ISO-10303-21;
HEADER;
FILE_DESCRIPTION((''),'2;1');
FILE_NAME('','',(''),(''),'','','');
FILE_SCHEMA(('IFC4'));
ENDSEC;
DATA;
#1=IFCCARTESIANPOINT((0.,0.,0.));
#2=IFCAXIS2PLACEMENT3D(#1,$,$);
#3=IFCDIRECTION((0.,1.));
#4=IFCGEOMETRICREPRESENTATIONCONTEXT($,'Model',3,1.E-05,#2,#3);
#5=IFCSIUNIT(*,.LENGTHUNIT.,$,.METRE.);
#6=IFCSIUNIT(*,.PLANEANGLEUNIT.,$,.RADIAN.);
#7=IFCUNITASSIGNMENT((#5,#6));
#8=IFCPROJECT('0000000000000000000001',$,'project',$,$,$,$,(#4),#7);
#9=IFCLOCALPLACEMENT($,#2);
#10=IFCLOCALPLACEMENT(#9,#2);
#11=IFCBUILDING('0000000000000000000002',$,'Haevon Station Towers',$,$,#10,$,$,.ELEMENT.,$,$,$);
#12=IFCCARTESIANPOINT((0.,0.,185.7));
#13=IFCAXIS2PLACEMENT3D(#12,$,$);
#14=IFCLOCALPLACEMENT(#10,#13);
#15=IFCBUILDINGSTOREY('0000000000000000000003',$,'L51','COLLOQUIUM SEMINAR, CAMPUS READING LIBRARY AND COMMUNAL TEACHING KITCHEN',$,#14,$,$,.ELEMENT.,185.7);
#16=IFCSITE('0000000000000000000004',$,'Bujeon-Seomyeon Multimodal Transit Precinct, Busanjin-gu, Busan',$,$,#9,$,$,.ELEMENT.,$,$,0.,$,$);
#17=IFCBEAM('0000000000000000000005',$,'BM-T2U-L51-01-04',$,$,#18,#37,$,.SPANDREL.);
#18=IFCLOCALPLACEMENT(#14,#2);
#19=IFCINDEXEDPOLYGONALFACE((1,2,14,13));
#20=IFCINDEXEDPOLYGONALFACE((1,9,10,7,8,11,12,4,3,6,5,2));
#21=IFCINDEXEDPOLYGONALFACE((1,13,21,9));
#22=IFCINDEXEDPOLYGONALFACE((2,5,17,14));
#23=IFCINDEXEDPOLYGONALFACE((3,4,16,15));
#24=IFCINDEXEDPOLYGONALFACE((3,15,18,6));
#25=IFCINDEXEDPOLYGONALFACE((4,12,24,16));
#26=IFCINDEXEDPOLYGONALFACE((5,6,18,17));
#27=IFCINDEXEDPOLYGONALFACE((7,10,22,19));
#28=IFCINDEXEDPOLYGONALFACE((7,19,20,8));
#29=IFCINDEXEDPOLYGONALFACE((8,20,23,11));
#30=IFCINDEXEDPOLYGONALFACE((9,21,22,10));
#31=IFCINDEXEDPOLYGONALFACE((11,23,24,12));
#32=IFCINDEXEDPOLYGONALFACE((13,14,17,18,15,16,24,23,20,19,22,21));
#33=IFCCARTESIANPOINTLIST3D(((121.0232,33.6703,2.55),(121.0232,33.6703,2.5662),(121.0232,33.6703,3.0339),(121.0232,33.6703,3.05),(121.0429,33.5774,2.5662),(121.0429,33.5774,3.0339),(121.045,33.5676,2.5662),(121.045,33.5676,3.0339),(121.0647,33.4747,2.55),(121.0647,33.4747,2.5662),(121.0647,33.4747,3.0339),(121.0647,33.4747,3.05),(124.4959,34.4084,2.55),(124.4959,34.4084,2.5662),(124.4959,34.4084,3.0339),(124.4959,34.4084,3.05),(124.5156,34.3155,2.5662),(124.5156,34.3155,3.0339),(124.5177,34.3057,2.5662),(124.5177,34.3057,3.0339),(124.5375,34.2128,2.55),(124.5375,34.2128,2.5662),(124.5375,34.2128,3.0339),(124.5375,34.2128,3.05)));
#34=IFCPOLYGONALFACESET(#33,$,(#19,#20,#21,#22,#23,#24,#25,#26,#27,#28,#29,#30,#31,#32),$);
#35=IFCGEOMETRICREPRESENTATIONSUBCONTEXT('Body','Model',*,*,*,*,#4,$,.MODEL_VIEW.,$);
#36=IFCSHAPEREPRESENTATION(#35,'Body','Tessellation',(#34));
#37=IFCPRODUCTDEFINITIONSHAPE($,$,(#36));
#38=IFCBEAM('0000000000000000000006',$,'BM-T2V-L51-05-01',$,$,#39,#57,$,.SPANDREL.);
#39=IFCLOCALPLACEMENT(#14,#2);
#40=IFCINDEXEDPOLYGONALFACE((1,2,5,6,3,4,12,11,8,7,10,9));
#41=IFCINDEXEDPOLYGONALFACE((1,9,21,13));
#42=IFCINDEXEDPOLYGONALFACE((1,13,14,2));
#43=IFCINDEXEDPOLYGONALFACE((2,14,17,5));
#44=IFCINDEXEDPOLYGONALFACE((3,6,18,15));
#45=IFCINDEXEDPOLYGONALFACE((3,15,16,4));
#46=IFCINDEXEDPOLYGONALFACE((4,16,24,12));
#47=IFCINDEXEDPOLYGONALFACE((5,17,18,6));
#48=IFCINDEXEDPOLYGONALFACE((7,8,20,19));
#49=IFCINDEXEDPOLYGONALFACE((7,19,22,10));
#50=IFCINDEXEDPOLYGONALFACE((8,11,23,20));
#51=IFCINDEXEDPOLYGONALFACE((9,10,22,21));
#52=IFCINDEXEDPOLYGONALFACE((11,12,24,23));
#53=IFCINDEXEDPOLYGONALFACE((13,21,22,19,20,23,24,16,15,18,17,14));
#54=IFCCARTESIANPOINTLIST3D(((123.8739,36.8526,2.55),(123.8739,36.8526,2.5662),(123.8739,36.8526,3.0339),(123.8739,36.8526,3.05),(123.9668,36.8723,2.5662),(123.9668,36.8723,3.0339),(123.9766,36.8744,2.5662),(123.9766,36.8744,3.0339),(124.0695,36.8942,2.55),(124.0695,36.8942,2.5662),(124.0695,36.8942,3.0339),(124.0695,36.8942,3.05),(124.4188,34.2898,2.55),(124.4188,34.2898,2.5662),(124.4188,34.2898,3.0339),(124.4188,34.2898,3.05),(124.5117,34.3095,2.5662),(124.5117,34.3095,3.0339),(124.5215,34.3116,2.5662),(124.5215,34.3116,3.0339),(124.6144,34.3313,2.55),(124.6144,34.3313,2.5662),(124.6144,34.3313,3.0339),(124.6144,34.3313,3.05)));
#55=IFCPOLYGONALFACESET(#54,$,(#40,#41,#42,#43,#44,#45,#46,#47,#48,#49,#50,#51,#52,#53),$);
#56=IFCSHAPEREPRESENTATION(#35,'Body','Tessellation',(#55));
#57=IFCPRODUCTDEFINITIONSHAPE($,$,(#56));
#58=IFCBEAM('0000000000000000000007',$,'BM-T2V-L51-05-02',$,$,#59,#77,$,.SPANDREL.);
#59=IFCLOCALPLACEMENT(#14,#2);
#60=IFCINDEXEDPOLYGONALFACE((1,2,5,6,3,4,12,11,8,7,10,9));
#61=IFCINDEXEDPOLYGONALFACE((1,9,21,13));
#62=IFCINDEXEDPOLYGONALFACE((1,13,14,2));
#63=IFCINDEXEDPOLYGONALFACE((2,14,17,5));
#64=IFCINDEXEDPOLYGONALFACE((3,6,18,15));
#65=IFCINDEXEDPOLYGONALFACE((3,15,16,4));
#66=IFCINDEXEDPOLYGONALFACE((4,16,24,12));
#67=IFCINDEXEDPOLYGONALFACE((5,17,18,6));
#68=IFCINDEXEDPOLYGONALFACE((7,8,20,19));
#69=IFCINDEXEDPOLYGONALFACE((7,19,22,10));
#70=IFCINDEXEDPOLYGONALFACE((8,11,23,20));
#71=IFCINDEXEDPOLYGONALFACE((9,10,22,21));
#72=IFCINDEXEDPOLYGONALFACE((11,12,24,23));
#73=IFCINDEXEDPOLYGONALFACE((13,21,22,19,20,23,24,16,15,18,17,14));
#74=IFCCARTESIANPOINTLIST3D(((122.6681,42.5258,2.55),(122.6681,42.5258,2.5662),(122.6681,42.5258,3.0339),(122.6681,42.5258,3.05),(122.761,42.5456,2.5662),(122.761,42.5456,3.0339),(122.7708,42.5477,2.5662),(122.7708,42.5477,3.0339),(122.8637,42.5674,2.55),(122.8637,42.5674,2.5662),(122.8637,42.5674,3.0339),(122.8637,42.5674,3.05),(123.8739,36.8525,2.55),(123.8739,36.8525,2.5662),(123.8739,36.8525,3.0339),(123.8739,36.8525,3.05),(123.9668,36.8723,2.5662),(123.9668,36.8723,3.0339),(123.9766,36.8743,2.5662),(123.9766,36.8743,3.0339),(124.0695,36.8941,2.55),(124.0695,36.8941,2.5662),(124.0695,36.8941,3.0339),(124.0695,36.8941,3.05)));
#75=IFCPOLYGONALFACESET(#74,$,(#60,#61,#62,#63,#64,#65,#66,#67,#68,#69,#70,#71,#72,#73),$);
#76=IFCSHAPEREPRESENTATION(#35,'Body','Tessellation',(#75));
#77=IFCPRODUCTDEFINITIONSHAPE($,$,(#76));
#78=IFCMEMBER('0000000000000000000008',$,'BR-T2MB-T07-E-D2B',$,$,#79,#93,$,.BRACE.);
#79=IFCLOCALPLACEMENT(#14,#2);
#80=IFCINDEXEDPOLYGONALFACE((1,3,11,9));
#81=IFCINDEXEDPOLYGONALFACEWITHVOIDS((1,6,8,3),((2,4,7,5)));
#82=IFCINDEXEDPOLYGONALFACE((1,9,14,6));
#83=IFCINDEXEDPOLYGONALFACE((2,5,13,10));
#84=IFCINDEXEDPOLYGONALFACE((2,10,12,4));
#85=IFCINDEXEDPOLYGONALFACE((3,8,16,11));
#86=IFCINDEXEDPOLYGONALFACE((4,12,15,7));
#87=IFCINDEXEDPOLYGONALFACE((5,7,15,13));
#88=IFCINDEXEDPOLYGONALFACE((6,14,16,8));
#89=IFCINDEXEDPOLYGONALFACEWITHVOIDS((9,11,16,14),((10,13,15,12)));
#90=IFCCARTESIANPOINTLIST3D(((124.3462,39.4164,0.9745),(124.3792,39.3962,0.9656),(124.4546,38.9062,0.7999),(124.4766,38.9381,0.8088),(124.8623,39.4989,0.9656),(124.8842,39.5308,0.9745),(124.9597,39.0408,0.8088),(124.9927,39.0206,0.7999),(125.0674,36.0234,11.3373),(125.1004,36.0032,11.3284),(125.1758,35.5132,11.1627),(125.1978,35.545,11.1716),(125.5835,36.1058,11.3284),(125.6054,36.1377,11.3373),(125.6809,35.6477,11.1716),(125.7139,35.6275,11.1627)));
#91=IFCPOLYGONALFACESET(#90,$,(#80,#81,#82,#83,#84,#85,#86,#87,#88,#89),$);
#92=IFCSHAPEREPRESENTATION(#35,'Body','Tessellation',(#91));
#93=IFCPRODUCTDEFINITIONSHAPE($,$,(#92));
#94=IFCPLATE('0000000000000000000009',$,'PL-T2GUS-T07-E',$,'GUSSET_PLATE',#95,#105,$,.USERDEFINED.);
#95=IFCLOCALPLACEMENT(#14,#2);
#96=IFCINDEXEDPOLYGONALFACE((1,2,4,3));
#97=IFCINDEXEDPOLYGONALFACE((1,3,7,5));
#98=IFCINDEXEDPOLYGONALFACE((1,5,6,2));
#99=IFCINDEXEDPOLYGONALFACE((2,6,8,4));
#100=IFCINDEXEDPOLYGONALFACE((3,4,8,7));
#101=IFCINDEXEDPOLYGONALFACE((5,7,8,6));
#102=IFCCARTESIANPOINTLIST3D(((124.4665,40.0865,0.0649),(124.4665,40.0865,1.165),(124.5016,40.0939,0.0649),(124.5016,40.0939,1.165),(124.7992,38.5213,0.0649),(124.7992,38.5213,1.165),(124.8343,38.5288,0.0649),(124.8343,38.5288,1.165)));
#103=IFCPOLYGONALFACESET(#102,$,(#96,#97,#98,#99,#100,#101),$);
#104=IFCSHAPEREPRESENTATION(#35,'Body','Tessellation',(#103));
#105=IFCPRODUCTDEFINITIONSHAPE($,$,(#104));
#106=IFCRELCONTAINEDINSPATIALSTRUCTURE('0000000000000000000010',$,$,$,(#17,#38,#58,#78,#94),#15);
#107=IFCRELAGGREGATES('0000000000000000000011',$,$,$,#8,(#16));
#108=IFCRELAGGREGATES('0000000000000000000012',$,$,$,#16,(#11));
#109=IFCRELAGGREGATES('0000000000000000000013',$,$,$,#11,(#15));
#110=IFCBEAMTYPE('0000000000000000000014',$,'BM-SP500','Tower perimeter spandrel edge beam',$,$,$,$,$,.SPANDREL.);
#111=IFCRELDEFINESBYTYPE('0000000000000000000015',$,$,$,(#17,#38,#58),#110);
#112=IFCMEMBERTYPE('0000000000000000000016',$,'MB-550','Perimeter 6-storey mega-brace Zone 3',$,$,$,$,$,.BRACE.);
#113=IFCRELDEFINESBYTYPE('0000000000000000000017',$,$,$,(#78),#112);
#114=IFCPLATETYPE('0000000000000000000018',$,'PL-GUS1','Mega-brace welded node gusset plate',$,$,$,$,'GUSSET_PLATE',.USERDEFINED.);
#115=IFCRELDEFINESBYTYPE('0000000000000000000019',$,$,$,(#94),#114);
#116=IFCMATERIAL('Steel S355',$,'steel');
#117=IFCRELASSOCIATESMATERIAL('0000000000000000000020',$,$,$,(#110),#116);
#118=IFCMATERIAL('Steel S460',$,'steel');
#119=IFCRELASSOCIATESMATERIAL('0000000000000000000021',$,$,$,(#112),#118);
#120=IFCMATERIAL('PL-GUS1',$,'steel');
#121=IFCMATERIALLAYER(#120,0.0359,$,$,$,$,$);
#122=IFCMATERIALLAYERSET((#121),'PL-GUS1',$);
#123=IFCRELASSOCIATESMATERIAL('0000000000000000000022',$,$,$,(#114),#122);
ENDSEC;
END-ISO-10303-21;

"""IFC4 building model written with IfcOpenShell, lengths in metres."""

from ifc_helpers import new_model, si_unit, direction, frame, origin, origin_2d, place, context, subcontext, project, spatial, rectangle, hollow_rectangle, i_section, extrude, material, layer, layer_set, material_profile, profile_set, type_object, element, save


model = new_model("IFC4")

# Units and contexts
model_context = context("Model", 3, precision=1e-05, world=origin(), true_north=direction((0.0, 1.0)))
body_context = subcontext(model_context, "Body", "Model", "MODEL_VIEW")
ifc_project = project(units=[si_unit("LENGTHUNIT", "METRE"), si_unit("PLANEANGLEUNIT", "RADIAN")], contexts=[model_context])

# Site, building, storey
site_placement = place(None, origin())
site = spatial("IfcSite", under=ifc_project, at=site_placement, Name="Bujeon-Seomyeon Multimodal Transit Precinct, Busanjin-gu, Busan", CompositionType="ELEMENT", RefElevation=0.0)
building_placement = place(site_placement, origin())
building = spatial("IfcBuilding", under=site, at=building_placement, Name="Haevon Station Towers", CompositionType="ELEMENT")
storey_placement = place(building_placement, frame((0.0, 0.0, 185.7)))
storey = spatial("IfcBuildingStorey", under=building, at=storey_placement, Name="L51", Description="COLLOQUIUM SEMINAR, CAMPUS READING LIBRARY AND COMMUNAL TEACHING KITCHEN", CompositionType="ELEMENT", Elevation=185.7)

# Shared definitions
ifc_material_1 = material(Name="Steel S460", Category="steel")
ifc_material_2 = material(Name="Steel S355", Category="steel")

# Beams
ifc_material_profile_1 = material_profile(ifc_material_2, i_section(OverallWidth=0.2, OverallDepth=0.5, WebThickness=0.01, FlangeThickness=0.0161, at=origin_2d()), Name="H-500x200x10x16")
ifc_profile_set_1 = profile_set([ifc_material_profile_1], Name="Steel S355")
beam_type_1 = type_object("IfcBeamType", Name="BM-SP500", Description="Tower perimeter spandrel edge beam", PredefinedType="SPANDREL", material=ifc_profile_set_1)
beam_1_placement = place(storey_placement, frame((121.0439, 33.5725, 2.8), z_axis=(0.978153, 0.207885, 0.0), x_axis=(-0.207885, 0.978153, 0.0)))
element("IfcBeam", 1, at=beam_1_placement, inside=storey, type_object=beam_type_1, Name="BM-T2U-L51-01-04", PredefinedType="SPANDREL", context=body_context, shape_type="SweptSolid", body=[
    extrude(i_section(OverallWidth=0.2, OverallDepth=0.5, WebThickness=0.01, FlangeThickness=0.0161, at=origin_2d()), origin(), (0.0, 0.0, 1.0), 3.5503),
])
beam_2_placement = place(storey_placement, frame((124.5166, 34.3105, 2.8), z_axis=(-0.207982, 0.978133, 0.0), x_axis=(-0.978133, -0.207982, 0.0)))
element("IfcBeam", 2, at=beam_2_placement, inside=storey, type_object=beam_type_1, Name="BM-T2V-L51-05-01", PredefinedType="SPANDREL", context=body_context, shape_type="SweptSolid", body=[
    extrude(i_section(OverallWidth=0.2, OverallDepth=0.5, WebThickness=0.01, FlangeThickness=0.0161, at=origin_2d()), origin(), (0.0, 0.0, 1.0), 2.6201),
])
beam_3_placement = place(storey_placement, frame((123.9717, 36.8733, 2.8), z_axis=(-0.207896, 0.978151, 0.0), x_axis=(-0.978151, -0.207896, 0.0)))
element("IfcBeam", 3, at=beam_3_placement, inside=storey, type_object=beam_type_1, Name="BM-T2V-L51-05-02", PredefinedType="SPANDREL", context=body_context, shape_type="SweptSolid", body=[
    extrude(i_section(OverallWidth=0.2, OverallDepth=0.5, WebThickness=0.01, FlangeThickness=0.0161, at=origin_2d()), origin(), (0.0, 0.0, 1.0), 5.8),
])

# Member
ifc_material_profile_2 = material_profile(ifc_material_1, hollow_rectangle(XDim=0.55, YDim=0.55, WallThickness=0.0281, at=origin_2d()), Name="RHS-550x550x28")
ifc_profile_set_2 = profile_set([ifc_material_profile_2], Name="Steel S460")
member_type = type_object("IfcMemberType", Name="MB-550", Description="Perimeter 6-storey mega-brace Zone 3", PredefinedType="BRACE", material=ifc_profile_set_2)
member_placement = place(storey_placement, frame((124.6694, 39.2185, 0.8872), z_axis=(0.065995, -0.310494, 0.948282), x_axis=(0.978149, 0.207904, 0.0)))
element("IfcMember", 4, at=member_placement, inside=storey, type_object=member_type, Name="BR-T2MB-T07-E-D2B", PredefinedType="BRACE", context=body_context, shape_type="SweptSolid", body=[
    extrude(hollow_rectangle(XDim=0.55, YDim=0.55, WallThickness=0.0281, at=origin_2d()), origin(), (0.0, 0.0, 1.0), 10.928),
])

# Plate
ifc_material_3 = material(Name="PL-GUS1", Category="steel")
ifc_layer_1 = layer(ifc_material_3, 0.0359)
ifc_layer_set_1 = layer_set([ifc_layer_1], Name="PL-GUS1")
plate_type = type_object("IfcPlateType", Name="PL-GUS1", Description="Mega-brace welded node gusset plate", ElementType="GUSSET_PLATE", PredefinedType="USERDEFINED", material=ifc_layer_set_1)
plate_placement = place(storey_placement, frame((124.6504, 39.3076, 0.0649), z_axis=(0.0, 0.0, 1.0), x_axis=(-0.207912, 0.978148, 0.0)))
element("IfcPlate", 5, at=plate_placement, inside=storey, type_object=plate_type, Name="PL-T2GUS-T07-E", ObjectType="GUSSET_PLATE", PredefinedType="USERDEFINED", context=body_context, shape_type="SweptSolid", body=[
    extrude(rectangle(XDim=1.6001, YDim=0.0359, at=origin_2d()), origin(), (0.0, 0.0, 1.0), 1.1001),
])

save(model, "model.ifc")
